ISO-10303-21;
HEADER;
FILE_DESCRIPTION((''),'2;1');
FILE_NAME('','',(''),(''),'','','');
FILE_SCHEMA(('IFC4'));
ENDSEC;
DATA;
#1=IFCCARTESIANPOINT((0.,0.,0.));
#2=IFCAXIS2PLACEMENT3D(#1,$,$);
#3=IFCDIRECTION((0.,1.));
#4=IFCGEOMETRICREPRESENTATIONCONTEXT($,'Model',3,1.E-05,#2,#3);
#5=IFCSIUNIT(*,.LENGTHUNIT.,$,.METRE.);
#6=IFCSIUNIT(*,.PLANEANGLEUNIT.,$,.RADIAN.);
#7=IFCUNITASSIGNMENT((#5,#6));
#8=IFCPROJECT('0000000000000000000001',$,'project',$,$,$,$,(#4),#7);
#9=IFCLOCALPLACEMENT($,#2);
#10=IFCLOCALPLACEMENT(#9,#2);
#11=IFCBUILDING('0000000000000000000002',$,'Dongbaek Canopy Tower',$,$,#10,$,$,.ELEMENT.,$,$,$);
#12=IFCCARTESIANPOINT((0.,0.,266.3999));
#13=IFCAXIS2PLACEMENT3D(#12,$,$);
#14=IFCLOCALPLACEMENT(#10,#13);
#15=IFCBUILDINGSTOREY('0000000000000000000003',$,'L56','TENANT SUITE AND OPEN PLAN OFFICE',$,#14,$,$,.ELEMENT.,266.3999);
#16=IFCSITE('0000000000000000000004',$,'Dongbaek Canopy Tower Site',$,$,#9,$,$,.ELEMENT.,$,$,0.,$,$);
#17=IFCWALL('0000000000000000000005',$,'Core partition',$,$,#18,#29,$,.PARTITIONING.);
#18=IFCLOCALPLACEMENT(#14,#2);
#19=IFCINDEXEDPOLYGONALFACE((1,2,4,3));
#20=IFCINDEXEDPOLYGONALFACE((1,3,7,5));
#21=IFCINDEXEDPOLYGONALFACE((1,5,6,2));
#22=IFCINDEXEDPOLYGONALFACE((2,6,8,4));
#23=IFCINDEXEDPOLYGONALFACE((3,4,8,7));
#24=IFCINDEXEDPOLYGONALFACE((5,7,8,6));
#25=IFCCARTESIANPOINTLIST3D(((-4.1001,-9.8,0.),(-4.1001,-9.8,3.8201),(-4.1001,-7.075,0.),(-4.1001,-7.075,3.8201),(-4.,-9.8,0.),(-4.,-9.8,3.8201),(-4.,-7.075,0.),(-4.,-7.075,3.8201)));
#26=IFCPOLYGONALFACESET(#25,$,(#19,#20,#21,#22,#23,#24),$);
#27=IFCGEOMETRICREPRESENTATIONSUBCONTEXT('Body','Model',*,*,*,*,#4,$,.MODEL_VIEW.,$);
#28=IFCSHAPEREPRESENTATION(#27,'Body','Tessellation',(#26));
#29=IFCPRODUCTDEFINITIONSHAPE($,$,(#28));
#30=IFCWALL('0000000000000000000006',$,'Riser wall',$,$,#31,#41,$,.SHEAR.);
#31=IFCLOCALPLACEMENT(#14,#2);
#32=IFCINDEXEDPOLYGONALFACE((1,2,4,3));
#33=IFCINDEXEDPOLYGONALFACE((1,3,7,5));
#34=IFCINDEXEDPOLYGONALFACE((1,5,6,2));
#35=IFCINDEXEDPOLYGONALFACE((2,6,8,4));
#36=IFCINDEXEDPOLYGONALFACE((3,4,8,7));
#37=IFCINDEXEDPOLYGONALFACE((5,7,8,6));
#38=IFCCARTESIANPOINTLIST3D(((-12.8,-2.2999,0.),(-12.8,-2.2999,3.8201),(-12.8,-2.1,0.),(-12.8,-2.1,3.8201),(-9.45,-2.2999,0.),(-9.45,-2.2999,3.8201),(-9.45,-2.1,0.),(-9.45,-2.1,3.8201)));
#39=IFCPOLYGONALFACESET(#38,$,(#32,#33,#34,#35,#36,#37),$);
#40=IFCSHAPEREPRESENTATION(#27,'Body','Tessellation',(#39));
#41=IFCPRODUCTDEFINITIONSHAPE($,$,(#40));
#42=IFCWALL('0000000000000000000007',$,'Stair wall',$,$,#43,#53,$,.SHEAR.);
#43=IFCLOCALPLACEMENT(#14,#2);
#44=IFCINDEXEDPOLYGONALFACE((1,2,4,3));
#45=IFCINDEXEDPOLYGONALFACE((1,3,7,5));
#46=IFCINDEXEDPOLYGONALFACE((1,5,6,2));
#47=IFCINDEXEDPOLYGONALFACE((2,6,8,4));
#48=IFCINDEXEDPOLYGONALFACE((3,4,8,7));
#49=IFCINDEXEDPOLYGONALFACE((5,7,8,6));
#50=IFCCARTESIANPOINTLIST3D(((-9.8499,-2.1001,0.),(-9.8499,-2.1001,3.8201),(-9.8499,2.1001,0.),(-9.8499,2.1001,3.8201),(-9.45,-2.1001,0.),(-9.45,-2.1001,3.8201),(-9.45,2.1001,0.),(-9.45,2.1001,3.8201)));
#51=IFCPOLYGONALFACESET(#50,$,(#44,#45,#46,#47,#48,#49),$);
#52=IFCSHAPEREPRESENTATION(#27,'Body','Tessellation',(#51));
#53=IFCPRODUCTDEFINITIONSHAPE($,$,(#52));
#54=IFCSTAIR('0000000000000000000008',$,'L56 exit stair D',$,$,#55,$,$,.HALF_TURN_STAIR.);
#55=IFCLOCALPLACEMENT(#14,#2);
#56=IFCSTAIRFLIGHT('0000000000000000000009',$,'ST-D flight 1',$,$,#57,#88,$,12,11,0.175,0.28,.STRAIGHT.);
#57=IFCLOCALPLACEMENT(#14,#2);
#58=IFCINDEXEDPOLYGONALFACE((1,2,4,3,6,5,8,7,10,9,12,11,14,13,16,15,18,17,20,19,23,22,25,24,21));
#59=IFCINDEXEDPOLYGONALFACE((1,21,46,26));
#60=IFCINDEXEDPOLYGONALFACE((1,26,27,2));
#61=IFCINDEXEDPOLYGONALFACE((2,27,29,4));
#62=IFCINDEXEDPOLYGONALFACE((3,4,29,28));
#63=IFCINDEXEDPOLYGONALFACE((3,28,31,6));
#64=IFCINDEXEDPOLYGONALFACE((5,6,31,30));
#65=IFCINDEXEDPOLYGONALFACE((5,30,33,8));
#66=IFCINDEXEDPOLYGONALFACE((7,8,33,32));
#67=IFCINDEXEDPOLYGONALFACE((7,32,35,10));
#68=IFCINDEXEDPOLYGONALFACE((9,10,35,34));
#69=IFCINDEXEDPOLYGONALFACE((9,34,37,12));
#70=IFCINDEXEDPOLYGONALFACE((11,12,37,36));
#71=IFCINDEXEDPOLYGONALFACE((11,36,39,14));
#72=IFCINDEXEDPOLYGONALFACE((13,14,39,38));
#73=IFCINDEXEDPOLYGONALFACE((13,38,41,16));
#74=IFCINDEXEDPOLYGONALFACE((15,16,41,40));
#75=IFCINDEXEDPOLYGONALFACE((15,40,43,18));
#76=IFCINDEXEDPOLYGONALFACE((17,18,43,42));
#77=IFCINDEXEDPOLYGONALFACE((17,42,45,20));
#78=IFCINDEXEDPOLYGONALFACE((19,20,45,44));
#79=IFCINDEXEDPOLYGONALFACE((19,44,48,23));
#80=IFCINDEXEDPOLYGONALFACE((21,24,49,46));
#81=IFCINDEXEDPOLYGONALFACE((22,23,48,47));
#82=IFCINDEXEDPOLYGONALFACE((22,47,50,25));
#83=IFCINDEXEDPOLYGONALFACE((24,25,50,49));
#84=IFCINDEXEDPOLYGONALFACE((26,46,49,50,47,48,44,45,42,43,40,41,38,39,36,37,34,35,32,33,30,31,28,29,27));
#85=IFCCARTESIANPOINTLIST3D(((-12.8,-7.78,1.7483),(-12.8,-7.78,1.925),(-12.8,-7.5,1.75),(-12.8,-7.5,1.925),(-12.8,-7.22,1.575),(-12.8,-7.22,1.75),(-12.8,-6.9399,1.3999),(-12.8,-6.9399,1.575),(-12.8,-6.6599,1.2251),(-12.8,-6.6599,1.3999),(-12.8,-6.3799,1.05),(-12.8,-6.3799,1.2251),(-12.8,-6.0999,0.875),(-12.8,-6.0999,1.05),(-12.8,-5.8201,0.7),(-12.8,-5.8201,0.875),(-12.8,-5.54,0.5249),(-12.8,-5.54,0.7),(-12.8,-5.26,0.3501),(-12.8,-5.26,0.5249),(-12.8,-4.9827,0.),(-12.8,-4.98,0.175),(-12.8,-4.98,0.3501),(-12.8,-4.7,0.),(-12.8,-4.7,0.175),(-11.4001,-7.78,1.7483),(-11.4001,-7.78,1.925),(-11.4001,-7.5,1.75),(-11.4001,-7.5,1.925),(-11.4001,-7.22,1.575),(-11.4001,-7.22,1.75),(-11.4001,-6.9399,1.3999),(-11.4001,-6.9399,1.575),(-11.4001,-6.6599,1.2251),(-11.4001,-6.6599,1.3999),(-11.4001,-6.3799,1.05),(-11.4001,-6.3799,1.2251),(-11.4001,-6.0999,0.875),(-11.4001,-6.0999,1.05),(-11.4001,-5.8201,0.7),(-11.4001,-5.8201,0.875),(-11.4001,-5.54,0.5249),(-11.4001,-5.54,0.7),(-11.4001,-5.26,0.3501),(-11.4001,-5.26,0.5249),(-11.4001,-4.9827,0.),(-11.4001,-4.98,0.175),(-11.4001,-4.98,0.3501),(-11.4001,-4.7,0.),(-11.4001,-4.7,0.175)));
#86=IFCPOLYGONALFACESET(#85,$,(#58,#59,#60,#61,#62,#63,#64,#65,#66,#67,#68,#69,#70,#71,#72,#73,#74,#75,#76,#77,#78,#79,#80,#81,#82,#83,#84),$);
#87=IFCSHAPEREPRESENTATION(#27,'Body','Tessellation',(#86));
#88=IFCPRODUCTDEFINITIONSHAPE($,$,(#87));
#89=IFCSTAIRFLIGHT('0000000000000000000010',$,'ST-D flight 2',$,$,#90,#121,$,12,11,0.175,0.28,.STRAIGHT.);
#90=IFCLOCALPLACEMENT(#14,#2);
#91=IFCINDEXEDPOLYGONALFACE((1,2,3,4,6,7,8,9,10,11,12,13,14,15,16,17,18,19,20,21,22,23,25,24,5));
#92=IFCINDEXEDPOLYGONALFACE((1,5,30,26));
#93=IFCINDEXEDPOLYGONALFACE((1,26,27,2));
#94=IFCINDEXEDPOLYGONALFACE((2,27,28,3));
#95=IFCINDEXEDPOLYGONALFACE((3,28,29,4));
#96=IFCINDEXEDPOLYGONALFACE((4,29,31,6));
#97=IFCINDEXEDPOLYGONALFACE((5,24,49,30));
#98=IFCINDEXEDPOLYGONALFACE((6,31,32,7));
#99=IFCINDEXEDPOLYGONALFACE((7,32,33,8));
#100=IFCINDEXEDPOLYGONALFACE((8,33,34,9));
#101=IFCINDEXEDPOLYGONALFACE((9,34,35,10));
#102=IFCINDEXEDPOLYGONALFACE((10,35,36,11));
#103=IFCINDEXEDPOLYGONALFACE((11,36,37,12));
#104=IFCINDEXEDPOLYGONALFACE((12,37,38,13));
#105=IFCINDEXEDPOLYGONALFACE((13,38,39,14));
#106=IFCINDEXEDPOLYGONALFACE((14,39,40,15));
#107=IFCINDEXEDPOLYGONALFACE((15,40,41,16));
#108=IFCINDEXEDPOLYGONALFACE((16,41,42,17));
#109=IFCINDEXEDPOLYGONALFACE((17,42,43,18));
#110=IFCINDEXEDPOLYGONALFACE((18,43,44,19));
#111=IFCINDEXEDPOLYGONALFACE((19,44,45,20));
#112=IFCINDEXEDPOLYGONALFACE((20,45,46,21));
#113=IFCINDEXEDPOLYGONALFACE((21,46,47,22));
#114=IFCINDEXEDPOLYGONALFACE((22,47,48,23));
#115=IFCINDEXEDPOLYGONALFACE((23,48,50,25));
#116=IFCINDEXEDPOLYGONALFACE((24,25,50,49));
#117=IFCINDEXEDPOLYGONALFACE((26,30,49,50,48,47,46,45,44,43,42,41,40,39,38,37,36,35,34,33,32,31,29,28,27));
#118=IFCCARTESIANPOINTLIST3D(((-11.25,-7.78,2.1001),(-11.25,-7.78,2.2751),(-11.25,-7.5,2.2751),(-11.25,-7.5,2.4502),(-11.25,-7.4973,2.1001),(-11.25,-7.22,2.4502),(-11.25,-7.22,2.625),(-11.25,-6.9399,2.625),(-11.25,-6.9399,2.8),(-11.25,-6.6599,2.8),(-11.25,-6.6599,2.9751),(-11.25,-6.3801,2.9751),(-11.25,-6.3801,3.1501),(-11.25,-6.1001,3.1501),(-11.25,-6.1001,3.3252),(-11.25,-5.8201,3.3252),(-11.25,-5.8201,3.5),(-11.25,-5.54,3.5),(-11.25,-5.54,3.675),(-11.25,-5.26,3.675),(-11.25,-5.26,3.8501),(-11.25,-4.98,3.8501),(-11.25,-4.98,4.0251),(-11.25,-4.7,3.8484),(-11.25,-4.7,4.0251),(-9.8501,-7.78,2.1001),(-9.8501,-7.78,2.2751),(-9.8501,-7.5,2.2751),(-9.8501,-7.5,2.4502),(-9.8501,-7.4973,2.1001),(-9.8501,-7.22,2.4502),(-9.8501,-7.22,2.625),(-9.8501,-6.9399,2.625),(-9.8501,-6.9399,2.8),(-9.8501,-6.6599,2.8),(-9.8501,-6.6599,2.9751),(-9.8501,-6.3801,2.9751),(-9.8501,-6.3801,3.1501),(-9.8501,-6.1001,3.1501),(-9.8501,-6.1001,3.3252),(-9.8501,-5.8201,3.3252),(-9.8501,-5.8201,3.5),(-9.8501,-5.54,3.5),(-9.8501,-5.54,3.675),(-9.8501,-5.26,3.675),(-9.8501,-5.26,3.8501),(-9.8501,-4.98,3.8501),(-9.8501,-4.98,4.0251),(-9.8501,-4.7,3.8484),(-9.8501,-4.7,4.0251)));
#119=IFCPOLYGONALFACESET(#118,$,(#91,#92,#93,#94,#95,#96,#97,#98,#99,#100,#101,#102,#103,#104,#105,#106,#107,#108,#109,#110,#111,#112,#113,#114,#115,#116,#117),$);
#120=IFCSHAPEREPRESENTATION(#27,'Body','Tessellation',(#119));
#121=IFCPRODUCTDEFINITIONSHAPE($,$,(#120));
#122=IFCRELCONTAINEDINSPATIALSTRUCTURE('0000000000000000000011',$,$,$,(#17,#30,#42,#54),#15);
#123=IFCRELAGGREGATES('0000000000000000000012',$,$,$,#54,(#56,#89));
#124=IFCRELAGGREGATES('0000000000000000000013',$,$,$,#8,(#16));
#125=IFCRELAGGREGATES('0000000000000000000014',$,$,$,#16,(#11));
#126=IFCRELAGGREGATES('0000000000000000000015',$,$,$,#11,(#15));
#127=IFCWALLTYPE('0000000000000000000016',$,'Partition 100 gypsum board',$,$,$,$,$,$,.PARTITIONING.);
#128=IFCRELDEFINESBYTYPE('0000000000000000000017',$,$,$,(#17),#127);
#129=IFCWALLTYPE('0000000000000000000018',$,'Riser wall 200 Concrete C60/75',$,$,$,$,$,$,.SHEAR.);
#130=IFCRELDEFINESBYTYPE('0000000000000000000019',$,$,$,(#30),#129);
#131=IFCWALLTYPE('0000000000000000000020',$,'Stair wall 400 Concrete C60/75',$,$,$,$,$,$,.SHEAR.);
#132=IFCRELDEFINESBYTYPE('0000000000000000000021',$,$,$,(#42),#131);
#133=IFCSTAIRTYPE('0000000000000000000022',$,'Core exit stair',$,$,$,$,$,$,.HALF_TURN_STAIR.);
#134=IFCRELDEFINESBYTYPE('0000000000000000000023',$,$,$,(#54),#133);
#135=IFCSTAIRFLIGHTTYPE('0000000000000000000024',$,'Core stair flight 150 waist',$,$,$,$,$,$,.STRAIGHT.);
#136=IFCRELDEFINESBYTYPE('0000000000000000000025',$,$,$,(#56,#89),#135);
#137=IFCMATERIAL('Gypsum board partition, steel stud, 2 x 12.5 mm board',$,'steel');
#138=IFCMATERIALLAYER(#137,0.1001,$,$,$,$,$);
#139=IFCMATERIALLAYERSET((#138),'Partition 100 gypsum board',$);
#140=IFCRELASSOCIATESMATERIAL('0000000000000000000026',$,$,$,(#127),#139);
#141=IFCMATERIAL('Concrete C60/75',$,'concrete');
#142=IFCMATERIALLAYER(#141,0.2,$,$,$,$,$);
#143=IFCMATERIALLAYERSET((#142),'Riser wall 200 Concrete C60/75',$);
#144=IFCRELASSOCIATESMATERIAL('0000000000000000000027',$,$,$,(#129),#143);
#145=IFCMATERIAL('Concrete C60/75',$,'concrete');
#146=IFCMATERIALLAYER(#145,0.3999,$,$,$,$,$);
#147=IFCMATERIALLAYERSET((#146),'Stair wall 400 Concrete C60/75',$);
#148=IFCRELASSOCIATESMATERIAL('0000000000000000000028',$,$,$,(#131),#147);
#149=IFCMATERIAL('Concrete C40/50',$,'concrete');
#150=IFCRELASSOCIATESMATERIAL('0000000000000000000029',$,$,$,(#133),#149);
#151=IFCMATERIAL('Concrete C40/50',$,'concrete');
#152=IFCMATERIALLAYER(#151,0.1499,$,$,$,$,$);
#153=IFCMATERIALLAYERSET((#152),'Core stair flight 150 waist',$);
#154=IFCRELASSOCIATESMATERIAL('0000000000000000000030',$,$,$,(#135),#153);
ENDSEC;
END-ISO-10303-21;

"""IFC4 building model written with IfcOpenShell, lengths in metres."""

from ifc_helpers import new_model, si_unit, direction, frame, frame_2d, origin, place, context, subcontext, project, spatial, polyline, rectangle, outline, extrude, material, layer, layer_set, type_object, element, aggregate, save


model = new_model("IFC4")

# Units and contexts
model_context = context("Model", 3, precision=1e-05, world=origin(), true_north=direction((0.0, 1.0)))
body_context = subcontext(model_context, "Body", "Model", "MODEL_VIEW")
ifc_project = project(units=[si_unit("LENGTHUNIT", "METRE"), si_unit("PLANEANGLEUNIT", "RADIAN")], contexts=[model_context])

# Site, building, storey
site_placement = place(None, origin())
site = spatial("IfcSite", under=ifc_project, at=site_placement, Name="Dongbaek Canopy Tower Site", CompositionType="ELEMENT", RefElevation=0.0)
building_placement = place(site_placement, origin())
building = spatial("IfcBuilding", under=site, at=building_placement, Name="Dongbaek Canopy Tower", CompositionType="ELEMENT")
storey_placement = place(building_placement, frame((0.0, 0.0, 266.3999)))
storey = spatial("IfcBuildingStorey", under=building, at=storey_placement, Name="L56", Description="TENANT SUITE AND OPEN PLAN OFFICE", CompositionType="ELEMENT", Elevation=266.3999)

# Walls
ifc_material_1 = material(Name="Gypsum board partition, steel stud, 2 x 12.5 mm board", Category="steel")
ifc_layer_1 = layer(ifc_material_1, 0.1001)
ifc_layer_set_1 = layer_set([ifc_layer_1], Name="Partition 100 gypsum board")
wall_type_1 = type_object("IfcWallType", Name="Partition 100 gypsum board", PredefinedType="PARTITIONING", material=ifc_layer_set_1)
wall_1_placement = place(storey_placement, frame((-4.05, -9.8, 0.0), z_axis=(0.0, 0.0, 1.0), x_axis=(0.0, 1.0, 0.0)))
element("IfcWall", 1, at=wall_1_placement, inside=storey, type_object=wall_type_1, Name="Core partition", PredefinedType="PARTITIONING", context=body_context, shape_type="SweptSolid", body=[
    extrude(rectangle(XDim=2.7251, YDim=0.1001, at=frame_2d((1.3625, 0.0))), origin(), (0.0, 0.0, 1.0), 3.8201),
])
ifc_material_2 = material(Name="Concrete C60/75", Category="concrete")
ifc_layer_2 = layer(ifc_material_2, 0.2)
ifc_layer_set_2 = layer_set([ifc_layer_2], Name="Riser wall 200 Concrete C60/75")
wall_type_2 = type_object("IfcWallType", Name="Riser wall 200 Concrete C60/75", PredefinedType="SHEAR", material=ifc_layer_set_2)
wall_2_placement = place(storey_placement, frame((-9.45, -2.2, 0.0), z_axis=(0.0, 0.0, 1.0), x_axis=(-1.0, 0.0, 0.0)))
element("IfcWall", 2, at=wall_2_placement, inside=storey, type_object=wall_type_2, Name="Riser wall", PredefinedType="SHEAR", context=body_context, shape_type="SweptSolid", body=[
    extrude(rectangle(XDim=3.3501, YDim=0.2, at=frame_2d((1.675, 0.0))), origin(), (0.0, 0.0, 1.0), 3.8201),
])
ifc_material_3 = material(Name="Concrete C60/75", Category="concrete")
ifc_layer_3 = layer(ifc_material_3, 0.3999)
ifc_layer_set_3 = layer_set([ifc_layer_3], Name="Stair wall 400 Concrete C60/75")
wall_type_3 = type_object("IfcWallType", Name="Stair wall 400 Concrete C60/75", PredefinedType="SHEAR", material=ifc_layer_set_3)
wall_3_placement = place(storey_placement, frame((-9.6499, -2.1001, 0.0), z_axis=(0.0, 0.0, 1.0), x_axis=(0.0, 1.0, 0.0)))
element("IfcWall", 3, at=wall_3_placement, inside=storey, type_object=wall_type_3, Name="Stair wall", PredefinedType="SHEAR", context=body_context, shape_type="SweptSolid", body=[
    extrude(rectangle(XDim=4.2002, YDim=0.3999, at=frame_2d((2.1001, 0.0))), origin(), (0.0, 0.0, 1.0), 3.8201),
])

# Stair, stair flights
ifc_material_4 = material(Name="Concrete C40/50", Category="concrete")
stair_type = type_object("IfcStairType", Name="Core exit stair", PredefinedType="HALF_TURN_STAIR", material=ifc_material_4)
stair_placement = place(storey_placement, origin())
stair = element("IfcStair", 4, at=stair_placement, inside=storey, type_object=stair_type, Name="L56 exit stair D", PredefinedType="HALF_TURN_STAIR")
ifc_material_5 = material(Name="Concrete C40/50", Category="concrete")
ifc_layer_4 = layer(ifc_material_5, 0.1499)
ifc_layer_set_4 = layer_set([ifc_layer_4], Name="Core stair flight 150 waist")
stair_flight_type = type_object("IfcStairFlightType", Name="Core stair flight 150 waist", PredefinedType="STRAIGHT", material=ifc_layer_set_4)
stair_flight_1_placement = place(storey_placement, frame((-12.1001, -4.7, 0.0), z_axis=(0.0, 0.0, 1.0), x_axis=(0.0, -1.0, 0.0)))
stair_flight_1 = element("IfcStairFlight", 5, at=stair_flight_1_placement, type_object=stair_flight_type, Name="ST-D flight 1", NumberOfRisers=12, NumberOfTreads=11, PredefinedType="STRAIGHT", RiserHeight=0.175, TreadLength=0.28, context=body_context, shape_type="SweptSolid", body=[
    extrude(outline(polyline([(0.0, 0.0), (0.0, 0.175), (0.28, 0.175), (0.28, 0.3501), (0.5601, 0.3501), (0.5601, 0.5249), (0.8401, 0.5249), (0.8401, 0.7), (1.1201, 0.7), (1.1201, 0.875), (1.3999, 0.875), (1.3999, 1.05), (1.6799, 1.05), (1.6799, 1.2251), (1.96, 1.2251), (1.96, 1.3999), (2.24, 1.3999), (2.24, 1.575), (2.52, 1.575), (2.52, 1.75), (2.8, 1.75), (2.8, 1.925), (3.0801, 1.925), (3.0801, 2.1001), (3.0801, 1.7483), (0.2827, 0.0), (0.0, 0.0)])), frame((0.0, 0.7, 0.0), z_axis=(0.0, -1.0, 0.0), x_axis=(1.0, 0.0, 0.0)), (0.0, 0.0, 1.0), 1.3999),
])
stair_flight_2_placement = place(storey_placement, frame((-10.55, -7.78, 2.1001), z_axis=(0.0, 0.0, 1.0), x_axis=(0.0, 1.0, 0.0)))
stair_flight_2 = element("IfcStairFlight", 6, at=stair_flight_2_placement, type_object=stair_flight_type, Name="ST-D flight 2", NumberOfRisers=12, NumberOfTreads=11, PredefinedType="STRAIGHT", RiserHeight=0.175, TreadLength=0.28, context=body_context, shape_type="SweptSolid", body=[
    extrude(outline(polyline([(0.0, 0.0), (0.0, 0.175), (0.28, 0.175), (0.28, 0.3501), (0.5601, 0.3501), (0.5601, 0.5249), (0.8401, 0.5249), (0.8401, 0.7), (1.1201, 0.7), (1.1201, 0.875), (1.3999, 0.875), (1.3999, 1.05), (1.6799, 1.05), (1.6799, 1.2251), (1.96, 1.2251), (1.96, 1.3999), (2.24, 1.3999), (2.24, 1.575), (2.52, 1.575), (2.52, 1.75), (2.8, 1.75), (2.8, 1.925), (3.0801, 1.925), (3.0801, 2.1001), (3.0801, 1.7483), (0.2827, 0.0), (0.0, 0.0)])), frame((0.0, 0.7, 0.0), z_axis=(0.0, -1.0, 0.0), x_axis=(1.0, 0.0, 0.0)), (0.0, 0.0, 1.0), 1.3999),
])
aggregate(stair, [stair_flight_1, stair_flight_2])

save(model, "model.ifc")
